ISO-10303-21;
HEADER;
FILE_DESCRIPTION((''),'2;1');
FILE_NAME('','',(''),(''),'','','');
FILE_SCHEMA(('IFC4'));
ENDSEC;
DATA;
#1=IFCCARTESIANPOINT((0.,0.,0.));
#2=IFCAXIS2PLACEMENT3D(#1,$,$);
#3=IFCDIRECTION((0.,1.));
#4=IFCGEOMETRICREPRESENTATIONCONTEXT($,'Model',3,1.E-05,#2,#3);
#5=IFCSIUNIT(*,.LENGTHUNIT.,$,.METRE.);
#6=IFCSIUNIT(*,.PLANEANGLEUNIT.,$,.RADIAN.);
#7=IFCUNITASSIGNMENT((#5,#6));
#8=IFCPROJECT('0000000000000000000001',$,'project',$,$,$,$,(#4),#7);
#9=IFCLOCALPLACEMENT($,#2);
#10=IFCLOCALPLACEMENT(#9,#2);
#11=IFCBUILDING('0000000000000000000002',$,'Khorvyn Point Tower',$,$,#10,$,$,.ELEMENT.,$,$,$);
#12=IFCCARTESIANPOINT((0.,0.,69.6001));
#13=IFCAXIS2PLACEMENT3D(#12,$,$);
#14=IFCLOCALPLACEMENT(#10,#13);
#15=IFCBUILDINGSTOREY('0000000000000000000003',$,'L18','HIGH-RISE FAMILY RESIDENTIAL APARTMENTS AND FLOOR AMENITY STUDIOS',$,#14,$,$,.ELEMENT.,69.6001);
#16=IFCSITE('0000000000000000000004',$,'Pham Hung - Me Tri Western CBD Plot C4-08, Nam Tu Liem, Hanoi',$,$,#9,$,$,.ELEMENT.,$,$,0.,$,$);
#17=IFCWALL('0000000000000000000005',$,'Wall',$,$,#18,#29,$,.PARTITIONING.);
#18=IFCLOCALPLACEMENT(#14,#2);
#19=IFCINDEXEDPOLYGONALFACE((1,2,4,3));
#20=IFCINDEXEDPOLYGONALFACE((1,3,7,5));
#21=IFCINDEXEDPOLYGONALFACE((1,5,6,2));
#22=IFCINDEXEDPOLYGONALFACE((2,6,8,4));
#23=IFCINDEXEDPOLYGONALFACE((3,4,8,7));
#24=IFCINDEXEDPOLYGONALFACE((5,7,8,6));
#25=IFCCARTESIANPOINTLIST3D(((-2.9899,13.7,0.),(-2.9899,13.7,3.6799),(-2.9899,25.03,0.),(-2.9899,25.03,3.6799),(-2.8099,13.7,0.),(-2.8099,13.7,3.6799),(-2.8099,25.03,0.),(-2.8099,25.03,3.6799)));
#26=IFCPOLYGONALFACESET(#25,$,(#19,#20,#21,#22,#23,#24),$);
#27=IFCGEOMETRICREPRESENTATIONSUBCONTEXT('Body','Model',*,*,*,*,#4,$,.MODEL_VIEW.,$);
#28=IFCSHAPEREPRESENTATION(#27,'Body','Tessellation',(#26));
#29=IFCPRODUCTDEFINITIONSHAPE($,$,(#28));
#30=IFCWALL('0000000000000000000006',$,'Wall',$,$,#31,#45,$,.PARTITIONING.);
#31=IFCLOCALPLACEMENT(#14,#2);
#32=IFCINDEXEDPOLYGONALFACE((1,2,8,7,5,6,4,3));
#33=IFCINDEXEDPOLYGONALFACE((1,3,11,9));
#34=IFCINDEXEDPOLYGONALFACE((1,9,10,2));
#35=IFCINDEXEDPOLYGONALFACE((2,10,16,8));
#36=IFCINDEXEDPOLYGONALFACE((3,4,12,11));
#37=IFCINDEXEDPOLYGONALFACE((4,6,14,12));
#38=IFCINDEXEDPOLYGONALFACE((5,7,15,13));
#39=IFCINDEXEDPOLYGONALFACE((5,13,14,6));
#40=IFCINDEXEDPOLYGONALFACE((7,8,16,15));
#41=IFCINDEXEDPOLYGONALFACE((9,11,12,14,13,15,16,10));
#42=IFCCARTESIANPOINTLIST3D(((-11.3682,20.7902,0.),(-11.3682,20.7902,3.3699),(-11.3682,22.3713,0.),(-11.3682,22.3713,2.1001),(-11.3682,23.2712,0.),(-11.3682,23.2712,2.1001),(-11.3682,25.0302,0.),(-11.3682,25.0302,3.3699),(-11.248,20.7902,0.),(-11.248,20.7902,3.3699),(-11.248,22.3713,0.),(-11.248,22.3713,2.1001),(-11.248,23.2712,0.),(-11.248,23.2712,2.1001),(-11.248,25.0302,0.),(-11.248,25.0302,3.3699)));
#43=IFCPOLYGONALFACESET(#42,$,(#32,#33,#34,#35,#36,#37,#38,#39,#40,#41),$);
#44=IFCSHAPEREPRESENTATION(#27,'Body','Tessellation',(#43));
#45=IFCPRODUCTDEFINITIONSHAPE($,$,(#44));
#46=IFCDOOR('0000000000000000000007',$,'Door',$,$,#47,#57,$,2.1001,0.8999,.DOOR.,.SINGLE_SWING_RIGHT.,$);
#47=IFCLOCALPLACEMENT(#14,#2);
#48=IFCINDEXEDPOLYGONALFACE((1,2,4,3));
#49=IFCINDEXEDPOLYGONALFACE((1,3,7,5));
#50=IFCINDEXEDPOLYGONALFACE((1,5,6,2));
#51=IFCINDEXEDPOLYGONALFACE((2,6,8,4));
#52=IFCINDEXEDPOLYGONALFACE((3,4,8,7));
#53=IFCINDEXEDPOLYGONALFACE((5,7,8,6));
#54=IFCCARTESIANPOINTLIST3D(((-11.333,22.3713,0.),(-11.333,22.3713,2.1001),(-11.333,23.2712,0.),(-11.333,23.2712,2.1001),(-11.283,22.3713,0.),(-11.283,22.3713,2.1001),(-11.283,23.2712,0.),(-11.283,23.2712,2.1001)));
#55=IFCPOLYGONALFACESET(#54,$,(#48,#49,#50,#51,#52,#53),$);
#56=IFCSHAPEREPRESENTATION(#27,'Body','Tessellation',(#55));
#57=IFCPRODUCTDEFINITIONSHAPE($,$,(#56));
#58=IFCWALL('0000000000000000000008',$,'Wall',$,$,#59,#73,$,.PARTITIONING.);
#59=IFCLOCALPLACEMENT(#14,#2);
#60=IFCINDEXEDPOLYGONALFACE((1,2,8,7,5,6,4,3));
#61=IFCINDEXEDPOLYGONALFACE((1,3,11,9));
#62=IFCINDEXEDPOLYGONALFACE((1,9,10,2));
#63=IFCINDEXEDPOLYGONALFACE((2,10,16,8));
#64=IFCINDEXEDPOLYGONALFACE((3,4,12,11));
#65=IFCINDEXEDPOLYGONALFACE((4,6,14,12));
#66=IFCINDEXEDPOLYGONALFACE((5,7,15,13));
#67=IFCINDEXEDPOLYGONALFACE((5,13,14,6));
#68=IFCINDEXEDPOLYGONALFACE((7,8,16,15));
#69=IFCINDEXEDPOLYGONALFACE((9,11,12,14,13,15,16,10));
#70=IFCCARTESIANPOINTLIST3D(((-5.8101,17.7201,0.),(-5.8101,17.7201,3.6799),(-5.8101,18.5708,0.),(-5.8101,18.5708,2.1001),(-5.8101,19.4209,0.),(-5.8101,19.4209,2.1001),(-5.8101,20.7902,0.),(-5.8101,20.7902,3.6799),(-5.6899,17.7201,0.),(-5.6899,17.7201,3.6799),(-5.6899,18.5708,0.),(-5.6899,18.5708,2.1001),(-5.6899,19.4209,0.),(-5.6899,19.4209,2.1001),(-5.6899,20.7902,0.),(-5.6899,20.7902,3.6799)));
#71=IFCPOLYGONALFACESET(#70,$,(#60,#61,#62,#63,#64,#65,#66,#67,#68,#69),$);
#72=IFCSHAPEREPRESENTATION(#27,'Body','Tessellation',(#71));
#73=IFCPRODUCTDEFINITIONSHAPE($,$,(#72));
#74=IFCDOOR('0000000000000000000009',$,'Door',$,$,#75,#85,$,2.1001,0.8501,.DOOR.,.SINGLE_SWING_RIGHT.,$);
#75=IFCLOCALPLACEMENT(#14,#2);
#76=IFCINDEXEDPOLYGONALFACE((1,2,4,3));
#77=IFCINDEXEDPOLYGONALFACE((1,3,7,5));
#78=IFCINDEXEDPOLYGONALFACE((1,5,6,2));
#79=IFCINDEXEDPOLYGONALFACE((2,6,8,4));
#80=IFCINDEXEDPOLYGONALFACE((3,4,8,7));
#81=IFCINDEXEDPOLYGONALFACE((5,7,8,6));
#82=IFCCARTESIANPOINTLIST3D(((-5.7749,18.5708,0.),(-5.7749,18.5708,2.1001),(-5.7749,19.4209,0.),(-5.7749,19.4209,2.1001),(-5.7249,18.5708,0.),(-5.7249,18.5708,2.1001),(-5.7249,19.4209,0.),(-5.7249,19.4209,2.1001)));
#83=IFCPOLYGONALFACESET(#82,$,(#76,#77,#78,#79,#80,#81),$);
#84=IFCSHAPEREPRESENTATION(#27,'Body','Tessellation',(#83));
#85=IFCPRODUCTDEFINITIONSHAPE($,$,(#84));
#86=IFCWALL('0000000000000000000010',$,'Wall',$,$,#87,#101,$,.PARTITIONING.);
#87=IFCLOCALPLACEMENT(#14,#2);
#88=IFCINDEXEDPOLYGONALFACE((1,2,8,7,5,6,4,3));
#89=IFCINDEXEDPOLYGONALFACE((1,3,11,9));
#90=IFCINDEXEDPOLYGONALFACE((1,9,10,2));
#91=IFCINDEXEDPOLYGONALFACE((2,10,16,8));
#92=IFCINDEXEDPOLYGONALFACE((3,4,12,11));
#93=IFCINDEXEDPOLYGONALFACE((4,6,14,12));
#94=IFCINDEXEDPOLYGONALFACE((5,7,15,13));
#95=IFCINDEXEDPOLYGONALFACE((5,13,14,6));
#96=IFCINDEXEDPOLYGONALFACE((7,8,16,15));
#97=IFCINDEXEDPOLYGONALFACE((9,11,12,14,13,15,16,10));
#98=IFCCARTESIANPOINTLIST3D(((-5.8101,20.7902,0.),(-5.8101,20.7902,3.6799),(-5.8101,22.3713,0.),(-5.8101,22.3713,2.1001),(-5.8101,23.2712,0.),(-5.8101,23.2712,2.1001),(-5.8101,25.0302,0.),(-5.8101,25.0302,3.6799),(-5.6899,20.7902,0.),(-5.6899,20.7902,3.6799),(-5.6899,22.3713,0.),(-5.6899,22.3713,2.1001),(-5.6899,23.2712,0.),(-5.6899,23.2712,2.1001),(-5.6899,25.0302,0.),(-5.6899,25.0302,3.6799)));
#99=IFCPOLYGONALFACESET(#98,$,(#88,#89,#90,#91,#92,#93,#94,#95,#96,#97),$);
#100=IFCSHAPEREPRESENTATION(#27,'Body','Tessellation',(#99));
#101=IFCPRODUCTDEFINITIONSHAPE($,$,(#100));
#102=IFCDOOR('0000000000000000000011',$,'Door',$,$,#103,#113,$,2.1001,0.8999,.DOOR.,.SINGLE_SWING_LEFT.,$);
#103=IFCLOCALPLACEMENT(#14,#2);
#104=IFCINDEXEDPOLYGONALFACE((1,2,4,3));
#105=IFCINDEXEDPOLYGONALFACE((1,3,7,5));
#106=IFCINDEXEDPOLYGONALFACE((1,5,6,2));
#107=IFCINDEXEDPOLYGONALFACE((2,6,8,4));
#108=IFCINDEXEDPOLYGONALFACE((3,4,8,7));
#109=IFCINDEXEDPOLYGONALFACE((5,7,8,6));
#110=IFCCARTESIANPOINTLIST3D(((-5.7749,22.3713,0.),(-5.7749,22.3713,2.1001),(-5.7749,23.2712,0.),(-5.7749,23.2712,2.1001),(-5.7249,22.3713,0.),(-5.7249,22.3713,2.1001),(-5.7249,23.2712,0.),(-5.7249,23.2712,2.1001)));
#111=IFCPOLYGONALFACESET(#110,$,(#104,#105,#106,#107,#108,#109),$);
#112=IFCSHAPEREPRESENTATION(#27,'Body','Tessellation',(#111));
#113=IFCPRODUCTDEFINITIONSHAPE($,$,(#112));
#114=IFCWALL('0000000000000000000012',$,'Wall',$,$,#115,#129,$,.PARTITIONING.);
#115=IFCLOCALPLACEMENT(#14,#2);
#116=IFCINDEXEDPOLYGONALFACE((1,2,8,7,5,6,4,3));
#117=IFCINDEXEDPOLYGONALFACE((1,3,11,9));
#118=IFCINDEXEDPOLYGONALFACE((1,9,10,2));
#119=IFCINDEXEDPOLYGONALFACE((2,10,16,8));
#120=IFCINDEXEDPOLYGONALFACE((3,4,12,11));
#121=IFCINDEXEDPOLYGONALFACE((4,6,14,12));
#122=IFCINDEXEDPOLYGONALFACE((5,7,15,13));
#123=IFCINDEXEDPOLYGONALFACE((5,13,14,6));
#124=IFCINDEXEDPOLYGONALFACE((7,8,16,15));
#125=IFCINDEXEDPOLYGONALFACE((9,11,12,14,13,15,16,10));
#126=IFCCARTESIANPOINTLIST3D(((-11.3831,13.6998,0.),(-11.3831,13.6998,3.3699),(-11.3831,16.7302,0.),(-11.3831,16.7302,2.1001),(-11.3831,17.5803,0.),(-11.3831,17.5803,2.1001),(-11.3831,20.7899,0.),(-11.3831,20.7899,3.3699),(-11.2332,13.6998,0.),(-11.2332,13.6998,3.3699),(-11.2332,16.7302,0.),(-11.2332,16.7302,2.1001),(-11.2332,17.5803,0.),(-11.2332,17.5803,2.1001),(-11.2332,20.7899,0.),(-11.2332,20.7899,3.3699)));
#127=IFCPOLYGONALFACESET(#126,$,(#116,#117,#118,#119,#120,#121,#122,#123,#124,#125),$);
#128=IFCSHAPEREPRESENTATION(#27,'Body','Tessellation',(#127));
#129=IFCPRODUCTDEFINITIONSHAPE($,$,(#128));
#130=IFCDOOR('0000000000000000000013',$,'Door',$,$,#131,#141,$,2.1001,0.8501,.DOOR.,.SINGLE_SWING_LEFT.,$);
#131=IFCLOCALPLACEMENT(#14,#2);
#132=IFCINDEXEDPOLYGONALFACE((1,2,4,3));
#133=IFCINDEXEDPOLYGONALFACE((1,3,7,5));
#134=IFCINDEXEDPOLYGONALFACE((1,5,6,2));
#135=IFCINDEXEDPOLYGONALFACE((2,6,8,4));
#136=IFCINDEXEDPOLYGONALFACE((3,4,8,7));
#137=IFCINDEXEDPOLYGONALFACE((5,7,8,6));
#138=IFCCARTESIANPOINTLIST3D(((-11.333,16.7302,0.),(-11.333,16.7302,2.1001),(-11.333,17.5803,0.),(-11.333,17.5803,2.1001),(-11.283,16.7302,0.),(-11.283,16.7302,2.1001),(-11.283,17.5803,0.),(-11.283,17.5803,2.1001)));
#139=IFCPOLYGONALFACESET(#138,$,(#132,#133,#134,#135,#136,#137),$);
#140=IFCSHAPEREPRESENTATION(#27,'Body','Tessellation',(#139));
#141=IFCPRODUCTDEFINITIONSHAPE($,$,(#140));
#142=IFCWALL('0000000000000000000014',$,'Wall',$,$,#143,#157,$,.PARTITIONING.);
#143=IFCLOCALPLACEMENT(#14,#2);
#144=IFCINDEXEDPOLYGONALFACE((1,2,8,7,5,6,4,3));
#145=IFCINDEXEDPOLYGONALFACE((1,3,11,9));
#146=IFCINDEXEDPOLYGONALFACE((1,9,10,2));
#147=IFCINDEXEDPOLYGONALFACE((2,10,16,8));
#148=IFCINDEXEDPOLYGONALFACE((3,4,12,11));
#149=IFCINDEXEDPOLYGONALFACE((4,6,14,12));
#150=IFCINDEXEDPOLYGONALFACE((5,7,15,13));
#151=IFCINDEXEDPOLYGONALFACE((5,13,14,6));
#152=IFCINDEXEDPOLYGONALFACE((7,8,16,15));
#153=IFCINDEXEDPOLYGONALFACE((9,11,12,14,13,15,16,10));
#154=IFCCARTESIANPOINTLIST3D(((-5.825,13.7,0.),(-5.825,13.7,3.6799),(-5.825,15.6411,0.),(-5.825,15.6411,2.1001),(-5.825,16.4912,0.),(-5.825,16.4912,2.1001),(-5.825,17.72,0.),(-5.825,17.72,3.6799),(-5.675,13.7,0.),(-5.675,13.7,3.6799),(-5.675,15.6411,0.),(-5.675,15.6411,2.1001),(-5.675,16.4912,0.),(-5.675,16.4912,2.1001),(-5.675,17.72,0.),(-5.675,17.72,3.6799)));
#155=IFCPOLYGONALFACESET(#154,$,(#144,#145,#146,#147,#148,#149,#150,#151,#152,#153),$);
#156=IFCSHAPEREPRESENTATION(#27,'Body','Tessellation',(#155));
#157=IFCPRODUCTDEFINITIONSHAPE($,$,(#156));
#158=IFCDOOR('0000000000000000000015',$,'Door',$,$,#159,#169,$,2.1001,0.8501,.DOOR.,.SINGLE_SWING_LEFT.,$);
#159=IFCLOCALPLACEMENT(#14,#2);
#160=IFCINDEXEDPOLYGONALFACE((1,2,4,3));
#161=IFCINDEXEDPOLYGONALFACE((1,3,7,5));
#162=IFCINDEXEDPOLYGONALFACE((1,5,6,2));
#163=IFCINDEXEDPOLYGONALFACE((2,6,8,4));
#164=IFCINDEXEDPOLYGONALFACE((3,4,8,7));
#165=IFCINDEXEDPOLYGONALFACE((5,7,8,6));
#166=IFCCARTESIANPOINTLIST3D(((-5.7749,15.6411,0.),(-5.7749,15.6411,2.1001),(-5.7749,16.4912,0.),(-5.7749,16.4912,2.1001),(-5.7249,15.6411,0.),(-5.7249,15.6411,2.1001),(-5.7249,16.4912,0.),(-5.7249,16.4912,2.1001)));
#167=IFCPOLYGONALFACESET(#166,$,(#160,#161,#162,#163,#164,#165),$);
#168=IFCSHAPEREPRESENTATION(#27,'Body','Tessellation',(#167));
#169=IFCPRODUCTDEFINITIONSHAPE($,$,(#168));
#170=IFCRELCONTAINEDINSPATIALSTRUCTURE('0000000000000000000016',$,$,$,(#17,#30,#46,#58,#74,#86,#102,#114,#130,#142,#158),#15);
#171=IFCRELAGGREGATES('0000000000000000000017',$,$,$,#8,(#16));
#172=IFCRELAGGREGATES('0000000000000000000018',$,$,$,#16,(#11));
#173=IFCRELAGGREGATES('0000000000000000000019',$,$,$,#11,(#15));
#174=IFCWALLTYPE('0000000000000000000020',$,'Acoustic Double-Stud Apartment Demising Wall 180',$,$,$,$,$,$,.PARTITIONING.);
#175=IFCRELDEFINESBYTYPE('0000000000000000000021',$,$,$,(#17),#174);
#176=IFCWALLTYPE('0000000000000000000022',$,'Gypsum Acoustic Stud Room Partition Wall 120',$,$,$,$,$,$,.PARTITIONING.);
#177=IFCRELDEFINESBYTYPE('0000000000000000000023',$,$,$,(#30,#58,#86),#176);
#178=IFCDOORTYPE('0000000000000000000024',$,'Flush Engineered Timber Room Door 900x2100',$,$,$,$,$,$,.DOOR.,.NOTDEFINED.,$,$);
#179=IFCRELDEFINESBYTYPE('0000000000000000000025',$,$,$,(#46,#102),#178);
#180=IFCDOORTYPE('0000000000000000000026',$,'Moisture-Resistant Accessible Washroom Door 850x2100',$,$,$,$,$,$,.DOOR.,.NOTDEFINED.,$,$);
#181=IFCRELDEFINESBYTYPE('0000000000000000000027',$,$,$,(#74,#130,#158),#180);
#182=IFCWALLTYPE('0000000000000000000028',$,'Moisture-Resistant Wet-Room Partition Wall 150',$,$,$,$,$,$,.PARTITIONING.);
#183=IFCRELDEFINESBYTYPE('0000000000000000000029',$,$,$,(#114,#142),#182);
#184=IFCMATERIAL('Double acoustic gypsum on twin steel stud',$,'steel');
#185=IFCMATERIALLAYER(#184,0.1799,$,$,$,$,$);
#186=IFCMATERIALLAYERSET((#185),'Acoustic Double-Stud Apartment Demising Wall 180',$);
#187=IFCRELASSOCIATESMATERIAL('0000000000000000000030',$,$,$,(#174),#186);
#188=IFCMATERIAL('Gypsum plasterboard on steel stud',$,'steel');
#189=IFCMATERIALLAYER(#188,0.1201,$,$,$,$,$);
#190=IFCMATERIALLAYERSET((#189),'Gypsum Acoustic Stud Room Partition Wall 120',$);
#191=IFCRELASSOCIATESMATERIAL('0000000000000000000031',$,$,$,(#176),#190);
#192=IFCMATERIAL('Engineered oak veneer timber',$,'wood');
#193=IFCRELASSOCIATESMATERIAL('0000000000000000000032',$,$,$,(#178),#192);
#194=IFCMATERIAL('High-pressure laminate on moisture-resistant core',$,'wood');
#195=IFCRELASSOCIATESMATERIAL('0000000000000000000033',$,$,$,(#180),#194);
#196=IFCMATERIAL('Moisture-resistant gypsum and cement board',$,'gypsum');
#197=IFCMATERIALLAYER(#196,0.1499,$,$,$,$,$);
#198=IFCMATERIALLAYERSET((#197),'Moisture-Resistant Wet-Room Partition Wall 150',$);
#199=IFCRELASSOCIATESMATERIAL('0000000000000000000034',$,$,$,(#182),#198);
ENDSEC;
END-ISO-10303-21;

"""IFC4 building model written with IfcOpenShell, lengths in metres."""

from ifc_helpers import new_model, si_unit, direction, frame, frame_2d, origin, place, context, subcontext, project, spatial, rectangle, extrude, material, layer, layer_set, type_object, element, fill, save


model = new_model("IFC4")

# Units and contexts
model_context = context("Model", 3, precision=1e-05, world=origin(), true_north=direction((0.0, 1.0)))
body_context = subcontext(model_context, "Body", "Model", "MODEL_VIEW")
ifc_project = project(units=[si_unit("LENGTHUNIT", "METRE"), si_unit("PLANEANGLEUNIT", "RADIAN")], contexts=[model_context])

# Site, building, storey
site_placement = place(None, origin())
site = spatial("IfcSite", under=ifc_project, at=site_placement, Name="Pham Hung - Me Tri Western CBD Plot C4-08, Nam Tu Liem, Hanoi", CompositionType="ELEMENT", RefElevation=0.0)
building_placement = place(site_placement, origin())
building = spatial("IfcBuilding", under=site, at=building_placement, Name="Khorvyn Point Tower", CompositionType="ELEMENT")
storey_placement = place(building_placement, frame((0.0, 0.0, 69.6001)))
storey = spatial("IfcBuildingStorey", under=building, at=storey_placement, Name="L18", Description="HIGH-RISE FAMILY RESIDENTIAL APARTMENTS AND FLOOR AMENITY STUDIOS", CompositionType="ELEMENT", Elevation=69.6001)

# Shared definitions
ifc_material_1 = material(Name="Double acoustic gypsum on twin steel stud", Category="steel")
ifc_layer_1 = layer(ifc_material_1, 0.1799)
ifc_layer_set_1 = layer_set([ifc_layer_1], Name="Acoustic Double-Stud Apartment Demising Wall 180")
wall_type_1 = type_object("IfcWallType", Name="Acoustic Double-Stud Apartment Demising Wall 180", PredefinedType="PARTITIONING", material=ifc_layer_set_1)

# Wall
wall_1_placement = place(storey_placement, frame((-2.8999, 13.7, 0.0), z_axis=(0.0, 0.0, 1.0), x_axis=(0.0, 1.0, 0.0)))
element("IfcWall", 1, at=wall_1_placement, inside=storey, type_object=wall_type_1, Name="Wall", PredefinedType="PARTITIONING", context=body_context, shape_type="SweptSolid", body=[
    extrude(rectangle(XDim=11.3301, YDim=0.1799, at=frame_2d((5.665, 0.0))), origin(), (0.0, 0.0, 1.0), 3.6799),
])

# Walls, openings, doors
ifc_material_2 = material(Name="Gypsum plasterboard on steel stud", Category="steel")
ifc_layer_2 = layer(ifc_material_2, 0.1201)
ifc_layer_set_2 = layer_set([ifc_layer_2], Name="Gypsum Acoustic Stud Room Partition Wall 120")
wall_type_2 = type_object("IfcWallType", Name="Gypsum Acoustic Stud Room Partition Wall 120", PredefinedType="PARTITIONING", material=ifc_layer_set_2)
wall_2_placement = place(storey_placement, frame((-11.3081, 20.79, 0.0), z_axis=(0.0, 0.0, 1.0), x_axis=(0.0, 1.0, 0.0)))
wall_2 = element("IfcWall", 2, at=wall_2_placement, inside=storey, type_object=wall_type_2, Name="Wall", PredefinedType="PARTITIONING", context=body_context, shape_type="SweptSolid", body=[
    extrude(rectangle(XDim=4.24, YDim=0.1201, at=frame_2d((2.1201, 0.0))), origin(), (0.0, 0.0, 1.0), 3.3699),
])
opening_1_placement = place(wall_2_placement, frame((1.5813, 0.0, 0.0)))
opening_1 = element("IfcOpeningElement", 3, at=opening_1_placement, cuts=wall_2, PredefinedType="OPENING", context=body_context, shape_type="SweptSolid", body=[
    extrude(rectangle(XDim=0.8999, YDim=2.1001, at=frame_2d((0.45, 1.05))), frame((0.0, 0.0701, 0.0), z_axis=(0.0, -1.0, 0.0), x_axis=(1.0, 0.0, 0.0)), (0.0, 0.0, 1.0), 0.1401),
])
ifc_material_3 = material(Name="Engineered oak veneer timber", Category="wood")
door_type_1 = type_object("IfcDoorType", Name="Flush Engineered Timber Room Door 900x2100", OperationType="NOTDEFINED", PredefinedType="DOOR", material=ifc_material_3)
door_1_placement = place(opening_1_placement, origin())
door_1 = element("IfcDoor", 4, at=door_1_placement, inside=storey, type_object=door_type_1, Name="Door", OperationType="SINGLE_SWING_RIGHT", OverallHeight=2.1001, OverallWidth=0.8999, PredefinedType="DOOR", context=body_context, shape_type="SweptSolid", body=[
    extrude(rectangle(XDim=0.8999, YDim=2.1001, at=frame_2d((0.45, 1.05))), frame((0.0, 0.0249, 0.0), z_axis=(0.0, -1.0, 0.0), x_axis=(1.0, 0.0, 0.0)), (0.0, 0.0, 1.0), 0.05),
])
fill(opening_1, door_1)
wall_3_placement = place(storey_placement, frame((-5.75, 17.72, 0.0), z_axis=(0.0, 0.0, 1.0), x_axis=(0.0, 1.0, 0.0)))
wall_3 = element("IfcWall", 5, at=wall_3_placement, inside=storey, type_object=wall_type_2, Name="Wall", PredefinedType="PARTITIONING", context=body_context, shape_type="SweptSolid", body=[
    extrude(rectangle(XDim=3.0701, YDim=0.1201, at=frame_2d((1.5352, 0.0))), origin(), (0.0, 0.0, 1.0), 3.6799),
])
opening_2_placement = place(wall_3_placement, frame((0.8508, 0.0, 0.0)))
opening_2 = element("IfcOpeningElement", 6, at=opening_2_placement, cuts=wall_3, PredefinedType="OPENING", context=body_context, shape_type="SweptSolid", body=[
    extrude(rectangle(XDim=0.8501, YDim=2.1001, at=frame_2d((0.425, 1.05))), frame((0.0, 0.0701, 0.0), z_axis=(0.0, -1.0, 0.0), x_axis=(1.0, 0.0, 0.0)), (0.0, 0.0, 1.0), 0.1401),
])
ifc_material_4 = material(Name="High-pressure laminate on moisture-resistant core", Category="wood")
door_type_2 = type_object("IfcDoorType", Name="Moisture-Resistant Accessible Washroom Door 850x2100", OperationType="NOTDEFINED", PredefinedType="DOOR", material=ifc_material_4)
door_2_placement = place(opening_2_placement, origin())
door_2 = element("IfcDoor", 7, at=door_2_placement, inside=storey, type_object=door_type_2, Name="Door", OperationType="SINGLE_SWING_RIGHT", OverallHeight=2.1001, OverallWidth=0.8501, PredefinedType="DOOR", context=body_context, shape_type="SweptSolid", body=[
    extrude(rectangle(XDim=0.8501, YDim=2.1001, at=frame_2d((0.425, 1.05))), frame((0.0, 0.0249, 0.0), z_axis=(0.0, -1.0, 0.0), x_axis=(1.0, 0.0, 0.0)), (0.0, 0.0, 1.0), 0.05),
])
fill(opening_2, door_2)
wall_4_placement = place(storey_placement, frame((-5.75, 20.79, 0.0), z_axis=(0.0, 0.0, 1.0), x_axis=(0.0, 1.0, 0.0)))
wall_4 = element("IfcWall", 8, at=wall_4_placement, inside=storey, type_object=wall_type_2, Name="Wall", PredefinedType="PARTITIONING", context=body_context, shape_type="SweptSolid", body=[
    extrude(rectangle(XDim=4.24, YDim=0.1201, at=frame_2d((2.1201, 0.0))), origin(), (0.0, 0.0, 1.0), 3.6799),
])
opening_3_placement = place(wall_4_placement, frame((1.5813, 0.0, 0.0)))
opening_3 = element("IfcOpeningElement", 9, at=opening_3_placement, cuts=wall_4, PredefinedType="OPENING", context=body_context, shape_type="SweptSolid", body=[
    extrude(rectangle(XDim=0.8999, YDim=2.1001, at=frame_2d((0.45, 1.05))), frame((0.0, 0.0701, 0.0), z_axis=(0.0, -1.0, 0.0), x_axis=(1.0, 0.0, 0.0)), (0.0, 0.0, 1.0), 0.1401),
])
door_3_placement = place(opening_3_placement, origin())
door_3 = element("IfcDoor", 10, at=door_3_placement, inside=storey, type_object=door_type_1, Name="Door", OperationType="SINGLE_SWING_LEFT", OverallHeight=2.1001, OverallWidth=0.8999, PredefinedType="DOOR", context=body_context, shape_type="SweptSolid", body=[
    extrude(rectangle(XDim=0.8999, YDim=2.1001, at=frame_2d((0.45, 1.05))), frame((0.0, 0.0249, 0.0), z_axis=(0.0, -1.0, 0.0), x_axis=(1.0, 0.0, 0.0)), (0.0, 0.0, 1.0), 0.05),
])
fill(opening_3, door_3)
ifc_material_5 = material(Name="Moisture-resistant gypsum and cement board", Category="gypsum")
ifc_layer_3 = layer(ifc_material_5, 0.1499)
ifc_layer_set_3 = layer_set([ifc_layer_3], Name="Moisture-Resistant Wet-Room Partition Wall 150")
wall_type_3 = type_object("IfcWallType", Name="Moisture-Resistant Wet-Room Partition Wall 150", PredefinedType="PARTITIONING", material=ifc_layer_set_3)
wall_5_placement = place(storey_placement, frame((-11.3081, 13.7, 0.0), z_axis=(0.0, 0.0, 1.0), x_axis=(0.0, 1.0, 0.0)))
wall_5 = element("IfcWall", 11, at=wall_5_placement, inside=storey, type_object=wall_type_3, Name="Wall", PredefinedType="PARTITIONING", context=body_context, shape_type="SweptSolid", body=[
    extrude(rectangle(XDim=7.0901, YDim=0.1499, at=frame_2d((3.5449, 0.0))), origin(), (0.0, 0.0, 1.0), 3.3699),
])
opening_4_placement = place(wall_5_placement, frame((3.0303, 0.0, 0.0)))
opening_4 = element("IfcOpeningElement", 12, at=opening_4_placement, cuts=wall_5, PredefinedType="OPENING", context=body_context, shape_type="SweptSolid", body=[
    extrude(rectangle(XDim=0.8501, YDim=2.1001, at=frame_2d((0.425, 1.05))), frame((0.0, 0.085, 0.0), z_axis=(0.0, -1.0, 0.0), x_axis=(1.0, 0.0, 0.0)), (0.0, 0.0, 1.0), 0.1699),
])
door_4_placement = place(opening_4_placement, origin())
door_4 = element("IfcDoor", 13, at=door_4_placement, inside=storey, type_object=door_type_2, Name="Door", OperationType="SINGLE_SWING_LEFT", OverallHeight=2.1001, OverallWidth=0.8501, PredefinedType="DOOR", context=body_context, shape_type="SweptSolid", body=[
    extrude(rectangle(XDim=0.8501, YDim=2.1001, at=frame_2d((0.425, 1.05))), frame((0.0, 0.0249, 0.0), z_axis=(0.0, -1.0, 0.0), x_axis=(1.0, 0.0, 0.0)), (0.0, 0.0, 1.0), 0.05),
])
fill(opening_4, door_4)
wall_6_placement = place(storey_placement, frame((-5.75, 13.7, 0.0), z_axis=(0.0, 0.0, 1.0), x_axis=(0.0, 1.0, 0.0)))
wall_6 = element("IfcWall", 14, at=wall_6_placement, inside=storey, type_object=wall_type_3, Name="Wall", PredefinedType="PARTITIONING", context=body_context, shape_type="SweptSolid", body=[
    extrude(rectangle(XDim=4.02, YDim=0.1499, at=frame_2d((2.01, 0.0))), origin(), (0.0, 0.0, 1.0), 3.6799),
])
opening_5_placement = place(wall_6_placement, frame((1.9412, 0.0, 0.0)))
opening_5 = element("IfcOpeningElement", 15, at=opening_5_placement, cuts=wall_6, PredefinedType="OPENING", context=body_context, shape_type="SweptSolid", body=[
    extrude(rectangle(XDim=0.8501, YDim=2.1001, at=frame_2d((0.425, 1.05))), frame((0.0, 0.085, 0.0), z_axis=(0.0, -1.0, 0.0), x_axis=(1.0, 0.0, 0.0)), (0.0, 0.0, 1.0), 0.1699),
])
door_5_placement = place(opening_5_placement, origin())
door_5 = element("IfcDoor", 16, at=door_5_placement, inside=storey, type_object=door_type_2, Name="Door", OperationType="SINGLE_SWING_LEFT", OverallHeight=2.1001, OverallWidth=0.8501, PredefinedType="DOOR", context=body_context, shape_type="SweptSolid", body=[
    extrude(rectangle(XDim=0.8501, YDim=2.1001, at=frame_2d((0.425, 1.05))), frame((0.0, 0.0249, 0.0), z_axis=(0.0, -1.0, 0.0), x_axis=(1.0, 0.0, 0.0)), (0.0, 0.0, 1.0), 0.05),
])
fill(opening_5, door_5)

save(model, "model.ifc")
